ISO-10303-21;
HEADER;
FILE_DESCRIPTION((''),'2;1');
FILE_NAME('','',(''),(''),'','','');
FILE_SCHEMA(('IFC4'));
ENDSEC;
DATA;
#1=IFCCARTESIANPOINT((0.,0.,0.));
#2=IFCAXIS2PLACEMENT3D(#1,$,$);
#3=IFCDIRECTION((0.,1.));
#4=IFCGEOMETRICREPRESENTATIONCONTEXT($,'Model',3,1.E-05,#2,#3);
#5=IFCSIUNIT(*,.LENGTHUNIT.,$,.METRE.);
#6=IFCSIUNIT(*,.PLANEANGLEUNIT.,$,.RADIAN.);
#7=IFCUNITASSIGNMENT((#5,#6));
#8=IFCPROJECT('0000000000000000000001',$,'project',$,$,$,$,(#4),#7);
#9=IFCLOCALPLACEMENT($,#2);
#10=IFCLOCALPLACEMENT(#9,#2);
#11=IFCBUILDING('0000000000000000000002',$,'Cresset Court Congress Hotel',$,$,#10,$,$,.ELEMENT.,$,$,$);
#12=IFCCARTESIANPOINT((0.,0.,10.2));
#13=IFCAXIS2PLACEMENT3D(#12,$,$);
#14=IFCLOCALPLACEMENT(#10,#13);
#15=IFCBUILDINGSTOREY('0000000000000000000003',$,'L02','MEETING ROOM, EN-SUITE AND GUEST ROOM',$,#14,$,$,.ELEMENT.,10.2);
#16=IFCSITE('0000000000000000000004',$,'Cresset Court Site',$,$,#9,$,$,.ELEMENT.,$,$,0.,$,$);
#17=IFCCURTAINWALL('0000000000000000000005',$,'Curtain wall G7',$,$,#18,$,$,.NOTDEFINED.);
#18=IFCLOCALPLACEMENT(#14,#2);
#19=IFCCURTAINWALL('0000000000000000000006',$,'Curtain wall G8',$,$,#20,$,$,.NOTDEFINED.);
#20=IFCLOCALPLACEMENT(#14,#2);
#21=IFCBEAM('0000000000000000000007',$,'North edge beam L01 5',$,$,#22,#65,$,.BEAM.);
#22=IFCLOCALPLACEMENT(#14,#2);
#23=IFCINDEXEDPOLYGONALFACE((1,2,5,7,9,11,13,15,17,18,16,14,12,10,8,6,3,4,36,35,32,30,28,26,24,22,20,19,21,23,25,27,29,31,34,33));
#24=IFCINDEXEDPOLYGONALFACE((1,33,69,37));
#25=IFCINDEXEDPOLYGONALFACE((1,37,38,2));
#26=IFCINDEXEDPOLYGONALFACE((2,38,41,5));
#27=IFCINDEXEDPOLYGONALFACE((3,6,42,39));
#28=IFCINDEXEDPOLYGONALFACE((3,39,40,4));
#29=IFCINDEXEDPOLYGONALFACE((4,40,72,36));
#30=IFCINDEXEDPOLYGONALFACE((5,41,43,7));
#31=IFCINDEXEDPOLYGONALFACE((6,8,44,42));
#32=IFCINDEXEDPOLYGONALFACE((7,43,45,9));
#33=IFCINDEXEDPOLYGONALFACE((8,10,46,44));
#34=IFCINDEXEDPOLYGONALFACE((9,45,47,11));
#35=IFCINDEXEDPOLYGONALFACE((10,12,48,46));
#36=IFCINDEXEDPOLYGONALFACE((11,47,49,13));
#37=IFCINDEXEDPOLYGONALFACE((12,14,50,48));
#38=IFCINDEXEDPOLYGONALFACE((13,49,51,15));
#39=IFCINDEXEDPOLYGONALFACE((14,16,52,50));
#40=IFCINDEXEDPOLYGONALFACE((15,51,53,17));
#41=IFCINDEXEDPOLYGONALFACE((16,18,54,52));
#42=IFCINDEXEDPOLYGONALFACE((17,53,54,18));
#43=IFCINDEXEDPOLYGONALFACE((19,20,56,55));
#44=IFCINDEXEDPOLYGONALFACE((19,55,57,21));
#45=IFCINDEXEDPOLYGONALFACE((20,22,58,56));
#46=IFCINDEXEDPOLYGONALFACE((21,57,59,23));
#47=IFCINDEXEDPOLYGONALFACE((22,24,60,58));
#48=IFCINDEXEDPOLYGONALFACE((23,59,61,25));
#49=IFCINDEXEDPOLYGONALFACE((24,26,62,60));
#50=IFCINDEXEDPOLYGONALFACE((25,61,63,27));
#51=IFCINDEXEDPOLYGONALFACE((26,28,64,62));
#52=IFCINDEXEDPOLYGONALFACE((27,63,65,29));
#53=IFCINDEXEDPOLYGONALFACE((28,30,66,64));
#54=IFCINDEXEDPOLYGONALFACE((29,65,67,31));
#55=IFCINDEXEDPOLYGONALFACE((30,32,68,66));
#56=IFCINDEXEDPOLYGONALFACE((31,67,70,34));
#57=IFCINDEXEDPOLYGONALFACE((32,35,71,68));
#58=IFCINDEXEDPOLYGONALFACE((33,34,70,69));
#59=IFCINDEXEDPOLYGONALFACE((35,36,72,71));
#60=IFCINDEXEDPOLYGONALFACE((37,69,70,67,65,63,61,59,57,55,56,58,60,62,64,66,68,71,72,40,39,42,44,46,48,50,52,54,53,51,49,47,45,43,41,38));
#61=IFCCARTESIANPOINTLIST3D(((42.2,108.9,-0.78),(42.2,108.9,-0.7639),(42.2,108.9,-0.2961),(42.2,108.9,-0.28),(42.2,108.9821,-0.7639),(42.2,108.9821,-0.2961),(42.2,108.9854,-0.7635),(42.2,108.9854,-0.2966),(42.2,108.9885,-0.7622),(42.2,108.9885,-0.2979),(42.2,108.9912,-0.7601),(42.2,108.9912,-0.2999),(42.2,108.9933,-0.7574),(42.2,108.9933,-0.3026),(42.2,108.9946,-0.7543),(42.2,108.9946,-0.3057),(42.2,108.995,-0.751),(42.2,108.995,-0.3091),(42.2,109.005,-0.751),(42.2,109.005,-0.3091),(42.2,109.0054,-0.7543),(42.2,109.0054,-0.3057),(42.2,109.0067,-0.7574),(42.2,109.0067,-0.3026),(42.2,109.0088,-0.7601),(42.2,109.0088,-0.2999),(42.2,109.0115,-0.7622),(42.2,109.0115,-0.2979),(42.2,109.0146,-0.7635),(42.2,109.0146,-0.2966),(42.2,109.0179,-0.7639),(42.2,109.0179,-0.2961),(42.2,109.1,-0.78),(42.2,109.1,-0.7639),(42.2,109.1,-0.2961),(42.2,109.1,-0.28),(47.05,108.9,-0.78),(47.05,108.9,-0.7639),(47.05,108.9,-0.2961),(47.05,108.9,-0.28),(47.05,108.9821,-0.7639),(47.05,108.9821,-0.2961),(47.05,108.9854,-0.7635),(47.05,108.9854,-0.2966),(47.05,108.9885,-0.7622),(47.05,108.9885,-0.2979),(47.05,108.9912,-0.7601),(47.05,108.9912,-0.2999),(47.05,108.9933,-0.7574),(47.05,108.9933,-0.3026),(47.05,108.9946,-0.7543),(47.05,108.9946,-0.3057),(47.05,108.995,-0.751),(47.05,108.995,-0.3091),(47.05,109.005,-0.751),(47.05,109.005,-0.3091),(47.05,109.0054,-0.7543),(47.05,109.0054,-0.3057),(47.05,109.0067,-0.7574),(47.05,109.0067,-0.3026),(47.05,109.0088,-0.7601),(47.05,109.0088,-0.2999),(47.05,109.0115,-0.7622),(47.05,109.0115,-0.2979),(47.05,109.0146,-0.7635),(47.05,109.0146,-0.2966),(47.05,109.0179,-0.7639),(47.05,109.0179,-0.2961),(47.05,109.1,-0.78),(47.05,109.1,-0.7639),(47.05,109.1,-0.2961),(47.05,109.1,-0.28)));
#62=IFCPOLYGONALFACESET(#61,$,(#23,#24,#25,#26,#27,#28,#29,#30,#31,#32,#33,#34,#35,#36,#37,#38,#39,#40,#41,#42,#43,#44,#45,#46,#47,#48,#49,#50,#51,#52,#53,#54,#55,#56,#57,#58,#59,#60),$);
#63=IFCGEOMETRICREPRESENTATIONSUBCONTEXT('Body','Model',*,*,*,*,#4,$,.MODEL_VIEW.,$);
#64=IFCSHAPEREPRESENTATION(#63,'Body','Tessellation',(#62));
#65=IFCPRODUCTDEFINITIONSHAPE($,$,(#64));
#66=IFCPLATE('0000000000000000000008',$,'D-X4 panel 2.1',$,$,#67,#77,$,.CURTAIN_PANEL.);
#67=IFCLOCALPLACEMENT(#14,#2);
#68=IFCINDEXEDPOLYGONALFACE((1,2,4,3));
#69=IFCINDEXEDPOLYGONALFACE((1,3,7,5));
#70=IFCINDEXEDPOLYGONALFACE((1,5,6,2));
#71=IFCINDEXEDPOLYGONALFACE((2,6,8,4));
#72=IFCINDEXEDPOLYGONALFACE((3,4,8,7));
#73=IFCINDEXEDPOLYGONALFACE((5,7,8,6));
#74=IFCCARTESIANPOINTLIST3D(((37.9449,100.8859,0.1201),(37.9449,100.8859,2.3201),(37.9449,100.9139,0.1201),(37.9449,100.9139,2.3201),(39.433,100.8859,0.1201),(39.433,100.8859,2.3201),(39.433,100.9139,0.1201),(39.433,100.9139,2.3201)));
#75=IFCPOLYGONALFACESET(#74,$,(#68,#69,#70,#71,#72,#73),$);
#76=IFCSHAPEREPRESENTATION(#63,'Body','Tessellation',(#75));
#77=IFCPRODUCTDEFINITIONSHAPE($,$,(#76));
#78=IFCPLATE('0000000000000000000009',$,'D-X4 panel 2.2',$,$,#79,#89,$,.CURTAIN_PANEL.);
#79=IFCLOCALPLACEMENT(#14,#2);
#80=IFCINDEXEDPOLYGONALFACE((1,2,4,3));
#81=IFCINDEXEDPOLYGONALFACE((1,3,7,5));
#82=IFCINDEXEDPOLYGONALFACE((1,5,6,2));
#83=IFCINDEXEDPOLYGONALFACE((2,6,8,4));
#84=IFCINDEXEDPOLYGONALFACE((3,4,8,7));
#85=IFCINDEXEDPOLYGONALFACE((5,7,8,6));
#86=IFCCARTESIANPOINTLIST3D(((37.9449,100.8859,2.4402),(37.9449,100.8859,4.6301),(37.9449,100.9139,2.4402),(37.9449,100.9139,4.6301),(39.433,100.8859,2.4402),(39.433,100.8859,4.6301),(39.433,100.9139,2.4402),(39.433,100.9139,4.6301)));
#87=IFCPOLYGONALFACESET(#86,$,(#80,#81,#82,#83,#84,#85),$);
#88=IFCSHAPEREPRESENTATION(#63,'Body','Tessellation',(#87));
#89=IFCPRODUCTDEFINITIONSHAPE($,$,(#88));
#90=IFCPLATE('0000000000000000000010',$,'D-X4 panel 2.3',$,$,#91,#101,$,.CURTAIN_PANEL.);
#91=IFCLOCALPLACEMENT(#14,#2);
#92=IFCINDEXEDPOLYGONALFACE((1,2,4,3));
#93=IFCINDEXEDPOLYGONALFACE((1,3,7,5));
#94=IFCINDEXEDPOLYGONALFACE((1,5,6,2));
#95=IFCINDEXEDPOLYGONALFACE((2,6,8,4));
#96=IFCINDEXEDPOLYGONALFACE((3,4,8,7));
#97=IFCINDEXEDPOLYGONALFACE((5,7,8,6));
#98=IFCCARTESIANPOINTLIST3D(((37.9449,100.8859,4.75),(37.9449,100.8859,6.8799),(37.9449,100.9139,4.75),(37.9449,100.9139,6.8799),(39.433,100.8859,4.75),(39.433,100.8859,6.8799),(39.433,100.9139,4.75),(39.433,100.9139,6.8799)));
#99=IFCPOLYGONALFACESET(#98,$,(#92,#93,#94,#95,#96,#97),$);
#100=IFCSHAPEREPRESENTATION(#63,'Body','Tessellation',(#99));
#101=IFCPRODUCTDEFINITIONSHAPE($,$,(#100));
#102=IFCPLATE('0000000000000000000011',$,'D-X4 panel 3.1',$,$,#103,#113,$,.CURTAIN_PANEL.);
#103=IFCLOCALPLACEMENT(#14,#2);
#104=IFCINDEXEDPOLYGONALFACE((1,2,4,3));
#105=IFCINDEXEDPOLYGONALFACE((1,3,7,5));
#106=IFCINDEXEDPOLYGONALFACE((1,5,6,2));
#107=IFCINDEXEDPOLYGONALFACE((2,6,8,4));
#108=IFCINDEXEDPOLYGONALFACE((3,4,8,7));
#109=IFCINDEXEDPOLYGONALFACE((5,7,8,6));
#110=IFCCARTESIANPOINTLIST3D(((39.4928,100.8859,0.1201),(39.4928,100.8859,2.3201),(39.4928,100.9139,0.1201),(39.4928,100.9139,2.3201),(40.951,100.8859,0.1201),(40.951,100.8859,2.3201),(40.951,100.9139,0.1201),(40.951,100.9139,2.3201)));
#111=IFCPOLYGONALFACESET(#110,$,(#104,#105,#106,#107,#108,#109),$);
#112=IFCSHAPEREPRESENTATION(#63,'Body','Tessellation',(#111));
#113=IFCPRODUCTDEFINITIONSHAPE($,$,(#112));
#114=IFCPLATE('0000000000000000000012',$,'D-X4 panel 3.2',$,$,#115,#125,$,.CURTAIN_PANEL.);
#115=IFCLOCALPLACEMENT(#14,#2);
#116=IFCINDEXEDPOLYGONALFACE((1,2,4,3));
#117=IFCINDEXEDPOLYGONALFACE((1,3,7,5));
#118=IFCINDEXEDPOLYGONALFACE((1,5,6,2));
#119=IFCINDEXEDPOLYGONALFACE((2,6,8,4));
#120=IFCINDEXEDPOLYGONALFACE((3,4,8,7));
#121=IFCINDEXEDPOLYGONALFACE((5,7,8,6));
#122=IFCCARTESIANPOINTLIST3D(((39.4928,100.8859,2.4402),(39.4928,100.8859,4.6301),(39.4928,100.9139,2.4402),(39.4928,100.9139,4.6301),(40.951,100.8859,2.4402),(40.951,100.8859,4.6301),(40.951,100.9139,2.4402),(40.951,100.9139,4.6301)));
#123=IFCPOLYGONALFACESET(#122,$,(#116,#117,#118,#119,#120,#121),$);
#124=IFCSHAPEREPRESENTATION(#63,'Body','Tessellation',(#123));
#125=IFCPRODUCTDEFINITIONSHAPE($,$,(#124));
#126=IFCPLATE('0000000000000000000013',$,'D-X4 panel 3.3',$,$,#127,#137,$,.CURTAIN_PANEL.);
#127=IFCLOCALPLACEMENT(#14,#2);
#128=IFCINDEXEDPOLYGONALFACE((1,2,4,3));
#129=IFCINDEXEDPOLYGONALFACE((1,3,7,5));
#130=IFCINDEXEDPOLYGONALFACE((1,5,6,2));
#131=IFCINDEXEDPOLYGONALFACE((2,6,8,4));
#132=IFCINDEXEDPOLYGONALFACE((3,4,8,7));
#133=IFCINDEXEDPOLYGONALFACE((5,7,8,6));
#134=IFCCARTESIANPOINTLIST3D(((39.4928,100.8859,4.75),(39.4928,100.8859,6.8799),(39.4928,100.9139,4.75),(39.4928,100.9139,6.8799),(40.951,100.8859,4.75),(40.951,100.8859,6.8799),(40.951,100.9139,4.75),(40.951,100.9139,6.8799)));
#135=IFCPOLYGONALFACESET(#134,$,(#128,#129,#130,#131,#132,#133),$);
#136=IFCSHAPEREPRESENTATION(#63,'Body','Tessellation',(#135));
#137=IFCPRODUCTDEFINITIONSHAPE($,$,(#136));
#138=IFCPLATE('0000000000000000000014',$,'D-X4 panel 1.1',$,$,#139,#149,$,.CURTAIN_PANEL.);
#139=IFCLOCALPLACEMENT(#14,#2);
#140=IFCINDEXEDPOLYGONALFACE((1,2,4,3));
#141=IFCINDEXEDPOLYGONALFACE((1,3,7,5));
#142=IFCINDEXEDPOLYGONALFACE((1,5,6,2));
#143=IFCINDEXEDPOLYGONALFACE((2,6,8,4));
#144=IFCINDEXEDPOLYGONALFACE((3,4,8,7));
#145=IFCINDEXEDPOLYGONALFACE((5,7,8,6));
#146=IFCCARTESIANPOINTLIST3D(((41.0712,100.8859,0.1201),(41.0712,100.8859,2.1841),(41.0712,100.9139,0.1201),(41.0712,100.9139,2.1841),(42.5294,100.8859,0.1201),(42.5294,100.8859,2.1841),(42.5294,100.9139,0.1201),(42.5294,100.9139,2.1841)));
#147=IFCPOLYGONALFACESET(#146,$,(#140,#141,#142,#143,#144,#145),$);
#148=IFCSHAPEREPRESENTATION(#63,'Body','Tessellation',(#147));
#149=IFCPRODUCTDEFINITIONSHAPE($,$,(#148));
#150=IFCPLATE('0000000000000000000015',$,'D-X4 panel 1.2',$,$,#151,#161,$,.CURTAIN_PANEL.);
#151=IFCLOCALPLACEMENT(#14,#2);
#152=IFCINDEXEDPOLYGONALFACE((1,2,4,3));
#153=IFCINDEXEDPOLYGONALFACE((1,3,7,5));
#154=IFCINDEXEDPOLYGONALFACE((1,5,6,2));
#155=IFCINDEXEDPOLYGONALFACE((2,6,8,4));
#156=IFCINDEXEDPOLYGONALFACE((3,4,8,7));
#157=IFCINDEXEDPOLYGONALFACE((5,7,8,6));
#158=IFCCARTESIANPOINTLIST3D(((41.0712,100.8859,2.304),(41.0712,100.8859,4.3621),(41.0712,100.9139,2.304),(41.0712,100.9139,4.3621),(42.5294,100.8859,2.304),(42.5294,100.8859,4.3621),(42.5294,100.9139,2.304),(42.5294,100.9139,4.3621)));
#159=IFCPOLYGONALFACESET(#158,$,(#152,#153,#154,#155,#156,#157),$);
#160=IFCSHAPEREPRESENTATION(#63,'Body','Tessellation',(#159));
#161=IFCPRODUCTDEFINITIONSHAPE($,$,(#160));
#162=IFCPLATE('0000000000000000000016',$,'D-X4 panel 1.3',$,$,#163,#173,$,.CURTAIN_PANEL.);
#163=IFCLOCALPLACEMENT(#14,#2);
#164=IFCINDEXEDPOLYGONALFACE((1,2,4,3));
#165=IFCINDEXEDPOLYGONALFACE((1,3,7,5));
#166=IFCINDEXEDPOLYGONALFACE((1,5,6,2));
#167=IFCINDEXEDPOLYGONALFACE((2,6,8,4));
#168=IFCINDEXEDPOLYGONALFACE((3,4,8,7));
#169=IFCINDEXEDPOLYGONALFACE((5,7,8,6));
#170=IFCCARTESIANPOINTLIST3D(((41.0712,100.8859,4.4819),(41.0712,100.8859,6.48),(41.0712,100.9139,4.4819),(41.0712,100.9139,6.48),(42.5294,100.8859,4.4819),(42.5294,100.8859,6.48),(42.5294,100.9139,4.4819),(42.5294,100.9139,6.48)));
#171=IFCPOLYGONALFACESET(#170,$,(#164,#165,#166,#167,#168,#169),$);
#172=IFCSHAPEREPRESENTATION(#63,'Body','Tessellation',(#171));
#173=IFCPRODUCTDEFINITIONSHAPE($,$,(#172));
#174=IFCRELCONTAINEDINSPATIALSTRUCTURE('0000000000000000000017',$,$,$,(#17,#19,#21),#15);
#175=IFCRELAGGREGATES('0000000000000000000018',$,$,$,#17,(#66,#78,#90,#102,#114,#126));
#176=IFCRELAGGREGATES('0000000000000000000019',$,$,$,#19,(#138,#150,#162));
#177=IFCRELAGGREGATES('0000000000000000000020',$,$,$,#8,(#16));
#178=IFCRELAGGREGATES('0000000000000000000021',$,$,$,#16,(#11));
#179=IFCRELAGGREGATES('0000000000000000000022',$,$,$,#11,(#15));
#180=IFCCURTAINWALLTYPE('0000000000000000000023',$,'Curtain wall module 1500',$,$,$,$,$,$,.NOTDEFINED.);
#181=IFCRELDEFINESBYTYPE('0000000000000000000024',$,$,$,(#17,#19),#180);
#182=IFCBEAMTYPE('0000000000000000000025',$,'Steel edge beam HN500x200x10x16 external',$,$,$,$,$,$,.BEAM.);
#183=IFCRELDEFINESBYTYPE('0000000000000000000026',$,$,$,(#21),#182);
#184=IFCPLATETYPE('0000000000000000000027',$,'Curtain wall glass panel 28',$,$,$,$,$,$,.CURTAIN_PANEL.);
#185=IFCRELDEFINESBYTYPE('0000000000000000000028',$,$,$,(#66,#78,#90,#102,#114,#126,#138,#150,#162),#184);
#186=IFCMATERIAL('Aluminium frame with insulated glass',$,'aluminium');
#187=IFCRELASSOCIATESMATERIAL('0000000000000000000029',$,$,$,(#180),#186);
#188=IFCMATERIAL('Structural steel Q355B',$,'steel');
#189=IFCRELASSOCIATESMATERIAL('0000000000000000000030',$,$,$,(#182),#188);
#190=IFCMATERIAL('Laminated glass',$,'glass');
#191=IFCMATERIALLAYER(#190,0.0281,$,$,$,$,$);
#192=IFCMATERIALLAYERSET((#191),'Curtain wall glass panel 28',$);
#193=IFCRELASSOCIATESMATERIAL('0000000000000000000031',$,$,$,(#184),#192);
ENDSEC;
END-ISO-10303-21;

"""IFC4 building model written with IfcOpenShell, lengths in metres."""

from ifc_helpers import new_model, si_unit, direction, frame, origin, origin_2d, place, context, subcontext, project, spatial, rectangle, i_section, extrude, material, layer, layer_set, material_profile, profile_set, type_object, element, aggregate, save


model = new_model("IFC4")

# Units and contexts
model_context = context("Model", 3, precision=1e-05, world=origin(), true_north=direction((0.0, 1.0)))
body_context = subcontext(model_context, "Body", "Model", "MODEL_VIEW")
ifc_project = project(units=[si_unit("LENGTHUNIT", "METRE"), si_unit("PLANEANGLEUNIT", "RADIAN")], contexts=[model_context])

# Site, building, storey
site_placement = place(None, origin())
site = spatial("IfcSite", under=ifc_project, at=site_placement, Name="Cresset Court Site", CompositionType="ELEMENT", RefElevation=0.0)
building_placement = place(site_placement, origin())
building = spatial("IfcBuilding", under=site, at=building_placement, Name="Cresset Court Congress Hotel", CompositionType="ELEMENT")
storey_placement = place(building_placement, frame((0.0, 0.0, 10.2)))
storey = spatial("IfcBuildingStorey", under=building, at=storey_placement, Name="L02", Description="MEETING ROOM, EN-SUITE AND GUEST ROOM", CompositionType="ELEMENT", Elevation=10.2)

# Curtain walls
ifc_material_1 = material(Name="Aluminium frame with insulated glass", Category="aluminium")
curtain_wall_type = type_object("IfcCurtainWallType", Name="Curtain wall module 1500", PredefinedType="NOTDEFINED", material=ifc_material_1)
curtain_wall_1_placement = place(storey_placement, origin())
curtain_wall_1 = element("IfcCurtainWall", 1, at=curtain_wall_1_placement, inside=storey, type_object=curtain_wall_type, Name="Curtain wall G7", PredefinedType="NOTDEFINED")
curtain_wall_2_placement = place(storey_placement, origin())
curtain_wall_2 = element("IfcCurtainWall", 2, at=curtain_wall_2_placement, inside=storey, type_object=curtain_wall_type, Name="Curtain wall G8", PredefinedType="NOTDEFINED")

# Beam
ifc_material_2 = material(Name="Structural steel Q355B", Category="steel")
ifc_material_profile_1 = material_profile(ifc_material_2, i_section(OverallWidth=0.2, OverallDepth=0.5, WebThickness=0.01, FlangeThickness=0.0161, FilletRadius=0.0129, at=origin_2d()), Name="HN500x200x10x16")
ifc_profile_set_1 = profile_set([ifc_material_profile_1], Name="Structural steel Q355B")
beam_type = type_object("IfcBeamType", Name="Steel edge beam HN500x200x10x16 external", PredefinedType="BEAM", material=ifc_profile_set_1)
beam_placement = place(storey_placement, frame((42.2, 109.0, -0.53), z_axis=(1.0, 0.0, 0.0), x_axis=(0.0, 1.0, 0.0)))
element("IfcBeam", 3, at=beam_placement, inside=storey, type_object=beam_type, Name="North edge beam L01 5", PredefinedType="BEAM", context=body_context, shape_type="SweptSolid", body=[
    extrude(i_section(OverallWidth=0.2, OverallDepth=0.5, WebThickness=0.01, FlangeThickness=0.0161, FilletRadius=0.0129, at=origin_2d()), origin(), (0.0, 0.0, 1.0), 4.8501),
])

# Plates
ifc_material_3 = material(Name="Laminated glass", Category="glass")
ifc_layer = layer(ifc_material_3, 0.0281)
ifc_layer_set = layer_set([ifc_layer], Name="Curtain wall glass panel 28")
plate_type = type_object("IfcPlateType", Name="Curtain wall glass panel 28", PredefinedType="CURTAIN_PANEL", material=ifc_layer_set)
plate_1_placement = place(storey_placement, frame((38.689, 100.8999, 0.1201), z_axis=(0.0, 0.0, 1.0), x_axis=(1.0, 0.0, 0.0)))
plate_1 = element("IfcPlate", 4, at=plate_1_placement, type_object=plate_type, Name="D-X4 panel 2.1", PredefinedType="CURTAIN_PANEL", context=body_context, shape_type="SweptSolid", body=[
    extrude(rectangle(XDim=1.488, YDim=0.0281, at=origin_2d()), origin(), (0.0, 0.0, 1.0), 2.2),
])
plate_2_placement = place(storey_placement, frame((38.689, 100.8999, 2.4402), z_axis=(0.0, 0.0, 1.0), x_axis=(1.0, 0.0, 0.0)))
plate_2 = element("IfcPlate", 5, at=plate_2_placement, type_object=plate_type, Name="D-X4 panel 2.2", PredefinedType="CURTAIN_PANEL", context=body_context, shape_type="SweptSolid", body=[
    extrude(rectangle(XDim=1.488, YDim=0.0281, at=origin_2d()), origin(), (0.0, 0.0, 1.0), 2.1899),
])
plate_3_placement = place(storey_placement, frame((38.689, 100.8999, 4.75), z_axis=(0.0, 0.0, 1.0), x_axis=(1.0, 0.0, 0.0)))
plate_3 = element("IfcPlate", 6, at=plate_3_placement, type_object=plate_type, Name="D-X4 panel 2.3", PredefinedType="CURTAIN_PANEL", context=body_context, shape_type="SweptSolid", body=[
    extrude(rectangle(XDim=1.488, YDim=0.0281, at=origin_2d()), origin(), (0.0, 0.0, 1.0), 2.1299),
])
plate_4_placement = place(storey_placement, frame((40.2219, 100.8999, 0.1201), z_axis=(0.0, 0.0, 1.0), x_axis=(1.0, 0.0, 0.0)))
plate_4 = element("IfcPlate", 7, at=plate_4_placement, type_object=plate_type, Name="D-X4 panel 3.1", PredefinedType="CURTAIN_PANEL", context=body_context, shape_type="SweptSolid", body=[
    extrude(rectangle(XDim=1.4583, YDim=0.0281, at=origin_2d()), origin(), (0.0, 0.0, 1.0), 2.2),
])
plate_5_placement = place(storey_placement, frame((40.2219, 100.8999, 2.4402), z_axis=(0.0, 0.0, 1.0), x_axis=(1.0, 0.0, 0.0)))
plate_5 = element("IfcPlate", 8, at=plate_5_placement, type_object=plate_type, Name="D-X4 panel 3.2", PredefinedType="CURTAIN_PANEL", context=body_context, shape_type="SweptSolid", body=[
    extrude(rectangle(XDim=1.4583, YDim=0.0281, at=origin_2d()), origin(), (0.0, 0.0, 1.0), 2.1899),
])
plate_6_placement = place(storey_placement, frame((40.2219, 100.8999, 4.75), z_axis=(0.0, 0.0, 1.0), x_axis=(1.0, 0.0, 0.0)))
plate_6 = element("IfcPlate", 9, at=plate_6_placement, type_object=plate_type, Name="D-X4 panel 3.3", PredefinedType="CURTAIN_PANEL", context=body_context, shape_type="SweptSolid", body=[
    extrude(rectangle(XDim=1.4583, YDim=0.0281, at=origin_2d()), origin(), (0.0, 0.0, 1.0), 2.1299),
])
aggregate(curtain_wall_1, [plate_1, plate_2, plate_3, plate_4, plate_5, plate_6])
plate_7_placement = place(storey_placement, frame((41.8003, 100.8999, 0.1201), z_axis=(0.0, 0.0, 1.0), x_axis=(1.0, 0.0, 0.0)))
plate_7 = element("IfcPlate", 10, at=plate_7_placement, type_object=plate_type, Name="D-X4 panel 1.1", PredefinedType="CURTAIN_PANEL", context=body_context, shape_type="SweptSolid", body=[
    extrude(rectangle(XDim=1.4583, YDim=0.0281, at=origin_2d()), origin(), (0.0, 0.0, 1.0), 2.064),
])
plate_8_placement = place(storey_placement, frame((41.8003, 100.8999, 2.304), z_axis=(0.0, 0.0, 1.0), x_axis=(1.0, 0.0, 0.0)))
plate_8 = element("IfcPlate", 11, at=plate_8_placement, type_object=plate_type, Name="D-X4 panel 1.2", PredefinedType="CURTAIN_PANEL", context=body_context, shape_type="SweptSolid", body=[
    extrude(rectangle(XDim=1.4583, YDim=0.0281, at=origin_2d()), origin(), (0.0, 0.0, 1.0), 2.0581),
])
plate_9_placement = place(storey_placement, frame((41.8003, 100.8999, 4.4819), z_axis=(0.0, 0.0, 1.0), x_axis=(1.0, 0.0, 0.0)))
plate_9 = element("IfcPlate", 12, at=plate_9_placement, type_object=plate_type, Name="D-X4 panel 1.3", PredefinedType="CURTAIN_PANEL", context=body_context, shape_type="SweptSolid", body=[
    extrude(rectangle(XDim=1.4583, YDim=0.0281, at=origin_2d()), origin(), (0.0, 0.0, 1.0), 1.998),
])
aggregate(curtain_wall_2, [plate_7, plate_8, plate_9])

save(model, "model.ifc")
